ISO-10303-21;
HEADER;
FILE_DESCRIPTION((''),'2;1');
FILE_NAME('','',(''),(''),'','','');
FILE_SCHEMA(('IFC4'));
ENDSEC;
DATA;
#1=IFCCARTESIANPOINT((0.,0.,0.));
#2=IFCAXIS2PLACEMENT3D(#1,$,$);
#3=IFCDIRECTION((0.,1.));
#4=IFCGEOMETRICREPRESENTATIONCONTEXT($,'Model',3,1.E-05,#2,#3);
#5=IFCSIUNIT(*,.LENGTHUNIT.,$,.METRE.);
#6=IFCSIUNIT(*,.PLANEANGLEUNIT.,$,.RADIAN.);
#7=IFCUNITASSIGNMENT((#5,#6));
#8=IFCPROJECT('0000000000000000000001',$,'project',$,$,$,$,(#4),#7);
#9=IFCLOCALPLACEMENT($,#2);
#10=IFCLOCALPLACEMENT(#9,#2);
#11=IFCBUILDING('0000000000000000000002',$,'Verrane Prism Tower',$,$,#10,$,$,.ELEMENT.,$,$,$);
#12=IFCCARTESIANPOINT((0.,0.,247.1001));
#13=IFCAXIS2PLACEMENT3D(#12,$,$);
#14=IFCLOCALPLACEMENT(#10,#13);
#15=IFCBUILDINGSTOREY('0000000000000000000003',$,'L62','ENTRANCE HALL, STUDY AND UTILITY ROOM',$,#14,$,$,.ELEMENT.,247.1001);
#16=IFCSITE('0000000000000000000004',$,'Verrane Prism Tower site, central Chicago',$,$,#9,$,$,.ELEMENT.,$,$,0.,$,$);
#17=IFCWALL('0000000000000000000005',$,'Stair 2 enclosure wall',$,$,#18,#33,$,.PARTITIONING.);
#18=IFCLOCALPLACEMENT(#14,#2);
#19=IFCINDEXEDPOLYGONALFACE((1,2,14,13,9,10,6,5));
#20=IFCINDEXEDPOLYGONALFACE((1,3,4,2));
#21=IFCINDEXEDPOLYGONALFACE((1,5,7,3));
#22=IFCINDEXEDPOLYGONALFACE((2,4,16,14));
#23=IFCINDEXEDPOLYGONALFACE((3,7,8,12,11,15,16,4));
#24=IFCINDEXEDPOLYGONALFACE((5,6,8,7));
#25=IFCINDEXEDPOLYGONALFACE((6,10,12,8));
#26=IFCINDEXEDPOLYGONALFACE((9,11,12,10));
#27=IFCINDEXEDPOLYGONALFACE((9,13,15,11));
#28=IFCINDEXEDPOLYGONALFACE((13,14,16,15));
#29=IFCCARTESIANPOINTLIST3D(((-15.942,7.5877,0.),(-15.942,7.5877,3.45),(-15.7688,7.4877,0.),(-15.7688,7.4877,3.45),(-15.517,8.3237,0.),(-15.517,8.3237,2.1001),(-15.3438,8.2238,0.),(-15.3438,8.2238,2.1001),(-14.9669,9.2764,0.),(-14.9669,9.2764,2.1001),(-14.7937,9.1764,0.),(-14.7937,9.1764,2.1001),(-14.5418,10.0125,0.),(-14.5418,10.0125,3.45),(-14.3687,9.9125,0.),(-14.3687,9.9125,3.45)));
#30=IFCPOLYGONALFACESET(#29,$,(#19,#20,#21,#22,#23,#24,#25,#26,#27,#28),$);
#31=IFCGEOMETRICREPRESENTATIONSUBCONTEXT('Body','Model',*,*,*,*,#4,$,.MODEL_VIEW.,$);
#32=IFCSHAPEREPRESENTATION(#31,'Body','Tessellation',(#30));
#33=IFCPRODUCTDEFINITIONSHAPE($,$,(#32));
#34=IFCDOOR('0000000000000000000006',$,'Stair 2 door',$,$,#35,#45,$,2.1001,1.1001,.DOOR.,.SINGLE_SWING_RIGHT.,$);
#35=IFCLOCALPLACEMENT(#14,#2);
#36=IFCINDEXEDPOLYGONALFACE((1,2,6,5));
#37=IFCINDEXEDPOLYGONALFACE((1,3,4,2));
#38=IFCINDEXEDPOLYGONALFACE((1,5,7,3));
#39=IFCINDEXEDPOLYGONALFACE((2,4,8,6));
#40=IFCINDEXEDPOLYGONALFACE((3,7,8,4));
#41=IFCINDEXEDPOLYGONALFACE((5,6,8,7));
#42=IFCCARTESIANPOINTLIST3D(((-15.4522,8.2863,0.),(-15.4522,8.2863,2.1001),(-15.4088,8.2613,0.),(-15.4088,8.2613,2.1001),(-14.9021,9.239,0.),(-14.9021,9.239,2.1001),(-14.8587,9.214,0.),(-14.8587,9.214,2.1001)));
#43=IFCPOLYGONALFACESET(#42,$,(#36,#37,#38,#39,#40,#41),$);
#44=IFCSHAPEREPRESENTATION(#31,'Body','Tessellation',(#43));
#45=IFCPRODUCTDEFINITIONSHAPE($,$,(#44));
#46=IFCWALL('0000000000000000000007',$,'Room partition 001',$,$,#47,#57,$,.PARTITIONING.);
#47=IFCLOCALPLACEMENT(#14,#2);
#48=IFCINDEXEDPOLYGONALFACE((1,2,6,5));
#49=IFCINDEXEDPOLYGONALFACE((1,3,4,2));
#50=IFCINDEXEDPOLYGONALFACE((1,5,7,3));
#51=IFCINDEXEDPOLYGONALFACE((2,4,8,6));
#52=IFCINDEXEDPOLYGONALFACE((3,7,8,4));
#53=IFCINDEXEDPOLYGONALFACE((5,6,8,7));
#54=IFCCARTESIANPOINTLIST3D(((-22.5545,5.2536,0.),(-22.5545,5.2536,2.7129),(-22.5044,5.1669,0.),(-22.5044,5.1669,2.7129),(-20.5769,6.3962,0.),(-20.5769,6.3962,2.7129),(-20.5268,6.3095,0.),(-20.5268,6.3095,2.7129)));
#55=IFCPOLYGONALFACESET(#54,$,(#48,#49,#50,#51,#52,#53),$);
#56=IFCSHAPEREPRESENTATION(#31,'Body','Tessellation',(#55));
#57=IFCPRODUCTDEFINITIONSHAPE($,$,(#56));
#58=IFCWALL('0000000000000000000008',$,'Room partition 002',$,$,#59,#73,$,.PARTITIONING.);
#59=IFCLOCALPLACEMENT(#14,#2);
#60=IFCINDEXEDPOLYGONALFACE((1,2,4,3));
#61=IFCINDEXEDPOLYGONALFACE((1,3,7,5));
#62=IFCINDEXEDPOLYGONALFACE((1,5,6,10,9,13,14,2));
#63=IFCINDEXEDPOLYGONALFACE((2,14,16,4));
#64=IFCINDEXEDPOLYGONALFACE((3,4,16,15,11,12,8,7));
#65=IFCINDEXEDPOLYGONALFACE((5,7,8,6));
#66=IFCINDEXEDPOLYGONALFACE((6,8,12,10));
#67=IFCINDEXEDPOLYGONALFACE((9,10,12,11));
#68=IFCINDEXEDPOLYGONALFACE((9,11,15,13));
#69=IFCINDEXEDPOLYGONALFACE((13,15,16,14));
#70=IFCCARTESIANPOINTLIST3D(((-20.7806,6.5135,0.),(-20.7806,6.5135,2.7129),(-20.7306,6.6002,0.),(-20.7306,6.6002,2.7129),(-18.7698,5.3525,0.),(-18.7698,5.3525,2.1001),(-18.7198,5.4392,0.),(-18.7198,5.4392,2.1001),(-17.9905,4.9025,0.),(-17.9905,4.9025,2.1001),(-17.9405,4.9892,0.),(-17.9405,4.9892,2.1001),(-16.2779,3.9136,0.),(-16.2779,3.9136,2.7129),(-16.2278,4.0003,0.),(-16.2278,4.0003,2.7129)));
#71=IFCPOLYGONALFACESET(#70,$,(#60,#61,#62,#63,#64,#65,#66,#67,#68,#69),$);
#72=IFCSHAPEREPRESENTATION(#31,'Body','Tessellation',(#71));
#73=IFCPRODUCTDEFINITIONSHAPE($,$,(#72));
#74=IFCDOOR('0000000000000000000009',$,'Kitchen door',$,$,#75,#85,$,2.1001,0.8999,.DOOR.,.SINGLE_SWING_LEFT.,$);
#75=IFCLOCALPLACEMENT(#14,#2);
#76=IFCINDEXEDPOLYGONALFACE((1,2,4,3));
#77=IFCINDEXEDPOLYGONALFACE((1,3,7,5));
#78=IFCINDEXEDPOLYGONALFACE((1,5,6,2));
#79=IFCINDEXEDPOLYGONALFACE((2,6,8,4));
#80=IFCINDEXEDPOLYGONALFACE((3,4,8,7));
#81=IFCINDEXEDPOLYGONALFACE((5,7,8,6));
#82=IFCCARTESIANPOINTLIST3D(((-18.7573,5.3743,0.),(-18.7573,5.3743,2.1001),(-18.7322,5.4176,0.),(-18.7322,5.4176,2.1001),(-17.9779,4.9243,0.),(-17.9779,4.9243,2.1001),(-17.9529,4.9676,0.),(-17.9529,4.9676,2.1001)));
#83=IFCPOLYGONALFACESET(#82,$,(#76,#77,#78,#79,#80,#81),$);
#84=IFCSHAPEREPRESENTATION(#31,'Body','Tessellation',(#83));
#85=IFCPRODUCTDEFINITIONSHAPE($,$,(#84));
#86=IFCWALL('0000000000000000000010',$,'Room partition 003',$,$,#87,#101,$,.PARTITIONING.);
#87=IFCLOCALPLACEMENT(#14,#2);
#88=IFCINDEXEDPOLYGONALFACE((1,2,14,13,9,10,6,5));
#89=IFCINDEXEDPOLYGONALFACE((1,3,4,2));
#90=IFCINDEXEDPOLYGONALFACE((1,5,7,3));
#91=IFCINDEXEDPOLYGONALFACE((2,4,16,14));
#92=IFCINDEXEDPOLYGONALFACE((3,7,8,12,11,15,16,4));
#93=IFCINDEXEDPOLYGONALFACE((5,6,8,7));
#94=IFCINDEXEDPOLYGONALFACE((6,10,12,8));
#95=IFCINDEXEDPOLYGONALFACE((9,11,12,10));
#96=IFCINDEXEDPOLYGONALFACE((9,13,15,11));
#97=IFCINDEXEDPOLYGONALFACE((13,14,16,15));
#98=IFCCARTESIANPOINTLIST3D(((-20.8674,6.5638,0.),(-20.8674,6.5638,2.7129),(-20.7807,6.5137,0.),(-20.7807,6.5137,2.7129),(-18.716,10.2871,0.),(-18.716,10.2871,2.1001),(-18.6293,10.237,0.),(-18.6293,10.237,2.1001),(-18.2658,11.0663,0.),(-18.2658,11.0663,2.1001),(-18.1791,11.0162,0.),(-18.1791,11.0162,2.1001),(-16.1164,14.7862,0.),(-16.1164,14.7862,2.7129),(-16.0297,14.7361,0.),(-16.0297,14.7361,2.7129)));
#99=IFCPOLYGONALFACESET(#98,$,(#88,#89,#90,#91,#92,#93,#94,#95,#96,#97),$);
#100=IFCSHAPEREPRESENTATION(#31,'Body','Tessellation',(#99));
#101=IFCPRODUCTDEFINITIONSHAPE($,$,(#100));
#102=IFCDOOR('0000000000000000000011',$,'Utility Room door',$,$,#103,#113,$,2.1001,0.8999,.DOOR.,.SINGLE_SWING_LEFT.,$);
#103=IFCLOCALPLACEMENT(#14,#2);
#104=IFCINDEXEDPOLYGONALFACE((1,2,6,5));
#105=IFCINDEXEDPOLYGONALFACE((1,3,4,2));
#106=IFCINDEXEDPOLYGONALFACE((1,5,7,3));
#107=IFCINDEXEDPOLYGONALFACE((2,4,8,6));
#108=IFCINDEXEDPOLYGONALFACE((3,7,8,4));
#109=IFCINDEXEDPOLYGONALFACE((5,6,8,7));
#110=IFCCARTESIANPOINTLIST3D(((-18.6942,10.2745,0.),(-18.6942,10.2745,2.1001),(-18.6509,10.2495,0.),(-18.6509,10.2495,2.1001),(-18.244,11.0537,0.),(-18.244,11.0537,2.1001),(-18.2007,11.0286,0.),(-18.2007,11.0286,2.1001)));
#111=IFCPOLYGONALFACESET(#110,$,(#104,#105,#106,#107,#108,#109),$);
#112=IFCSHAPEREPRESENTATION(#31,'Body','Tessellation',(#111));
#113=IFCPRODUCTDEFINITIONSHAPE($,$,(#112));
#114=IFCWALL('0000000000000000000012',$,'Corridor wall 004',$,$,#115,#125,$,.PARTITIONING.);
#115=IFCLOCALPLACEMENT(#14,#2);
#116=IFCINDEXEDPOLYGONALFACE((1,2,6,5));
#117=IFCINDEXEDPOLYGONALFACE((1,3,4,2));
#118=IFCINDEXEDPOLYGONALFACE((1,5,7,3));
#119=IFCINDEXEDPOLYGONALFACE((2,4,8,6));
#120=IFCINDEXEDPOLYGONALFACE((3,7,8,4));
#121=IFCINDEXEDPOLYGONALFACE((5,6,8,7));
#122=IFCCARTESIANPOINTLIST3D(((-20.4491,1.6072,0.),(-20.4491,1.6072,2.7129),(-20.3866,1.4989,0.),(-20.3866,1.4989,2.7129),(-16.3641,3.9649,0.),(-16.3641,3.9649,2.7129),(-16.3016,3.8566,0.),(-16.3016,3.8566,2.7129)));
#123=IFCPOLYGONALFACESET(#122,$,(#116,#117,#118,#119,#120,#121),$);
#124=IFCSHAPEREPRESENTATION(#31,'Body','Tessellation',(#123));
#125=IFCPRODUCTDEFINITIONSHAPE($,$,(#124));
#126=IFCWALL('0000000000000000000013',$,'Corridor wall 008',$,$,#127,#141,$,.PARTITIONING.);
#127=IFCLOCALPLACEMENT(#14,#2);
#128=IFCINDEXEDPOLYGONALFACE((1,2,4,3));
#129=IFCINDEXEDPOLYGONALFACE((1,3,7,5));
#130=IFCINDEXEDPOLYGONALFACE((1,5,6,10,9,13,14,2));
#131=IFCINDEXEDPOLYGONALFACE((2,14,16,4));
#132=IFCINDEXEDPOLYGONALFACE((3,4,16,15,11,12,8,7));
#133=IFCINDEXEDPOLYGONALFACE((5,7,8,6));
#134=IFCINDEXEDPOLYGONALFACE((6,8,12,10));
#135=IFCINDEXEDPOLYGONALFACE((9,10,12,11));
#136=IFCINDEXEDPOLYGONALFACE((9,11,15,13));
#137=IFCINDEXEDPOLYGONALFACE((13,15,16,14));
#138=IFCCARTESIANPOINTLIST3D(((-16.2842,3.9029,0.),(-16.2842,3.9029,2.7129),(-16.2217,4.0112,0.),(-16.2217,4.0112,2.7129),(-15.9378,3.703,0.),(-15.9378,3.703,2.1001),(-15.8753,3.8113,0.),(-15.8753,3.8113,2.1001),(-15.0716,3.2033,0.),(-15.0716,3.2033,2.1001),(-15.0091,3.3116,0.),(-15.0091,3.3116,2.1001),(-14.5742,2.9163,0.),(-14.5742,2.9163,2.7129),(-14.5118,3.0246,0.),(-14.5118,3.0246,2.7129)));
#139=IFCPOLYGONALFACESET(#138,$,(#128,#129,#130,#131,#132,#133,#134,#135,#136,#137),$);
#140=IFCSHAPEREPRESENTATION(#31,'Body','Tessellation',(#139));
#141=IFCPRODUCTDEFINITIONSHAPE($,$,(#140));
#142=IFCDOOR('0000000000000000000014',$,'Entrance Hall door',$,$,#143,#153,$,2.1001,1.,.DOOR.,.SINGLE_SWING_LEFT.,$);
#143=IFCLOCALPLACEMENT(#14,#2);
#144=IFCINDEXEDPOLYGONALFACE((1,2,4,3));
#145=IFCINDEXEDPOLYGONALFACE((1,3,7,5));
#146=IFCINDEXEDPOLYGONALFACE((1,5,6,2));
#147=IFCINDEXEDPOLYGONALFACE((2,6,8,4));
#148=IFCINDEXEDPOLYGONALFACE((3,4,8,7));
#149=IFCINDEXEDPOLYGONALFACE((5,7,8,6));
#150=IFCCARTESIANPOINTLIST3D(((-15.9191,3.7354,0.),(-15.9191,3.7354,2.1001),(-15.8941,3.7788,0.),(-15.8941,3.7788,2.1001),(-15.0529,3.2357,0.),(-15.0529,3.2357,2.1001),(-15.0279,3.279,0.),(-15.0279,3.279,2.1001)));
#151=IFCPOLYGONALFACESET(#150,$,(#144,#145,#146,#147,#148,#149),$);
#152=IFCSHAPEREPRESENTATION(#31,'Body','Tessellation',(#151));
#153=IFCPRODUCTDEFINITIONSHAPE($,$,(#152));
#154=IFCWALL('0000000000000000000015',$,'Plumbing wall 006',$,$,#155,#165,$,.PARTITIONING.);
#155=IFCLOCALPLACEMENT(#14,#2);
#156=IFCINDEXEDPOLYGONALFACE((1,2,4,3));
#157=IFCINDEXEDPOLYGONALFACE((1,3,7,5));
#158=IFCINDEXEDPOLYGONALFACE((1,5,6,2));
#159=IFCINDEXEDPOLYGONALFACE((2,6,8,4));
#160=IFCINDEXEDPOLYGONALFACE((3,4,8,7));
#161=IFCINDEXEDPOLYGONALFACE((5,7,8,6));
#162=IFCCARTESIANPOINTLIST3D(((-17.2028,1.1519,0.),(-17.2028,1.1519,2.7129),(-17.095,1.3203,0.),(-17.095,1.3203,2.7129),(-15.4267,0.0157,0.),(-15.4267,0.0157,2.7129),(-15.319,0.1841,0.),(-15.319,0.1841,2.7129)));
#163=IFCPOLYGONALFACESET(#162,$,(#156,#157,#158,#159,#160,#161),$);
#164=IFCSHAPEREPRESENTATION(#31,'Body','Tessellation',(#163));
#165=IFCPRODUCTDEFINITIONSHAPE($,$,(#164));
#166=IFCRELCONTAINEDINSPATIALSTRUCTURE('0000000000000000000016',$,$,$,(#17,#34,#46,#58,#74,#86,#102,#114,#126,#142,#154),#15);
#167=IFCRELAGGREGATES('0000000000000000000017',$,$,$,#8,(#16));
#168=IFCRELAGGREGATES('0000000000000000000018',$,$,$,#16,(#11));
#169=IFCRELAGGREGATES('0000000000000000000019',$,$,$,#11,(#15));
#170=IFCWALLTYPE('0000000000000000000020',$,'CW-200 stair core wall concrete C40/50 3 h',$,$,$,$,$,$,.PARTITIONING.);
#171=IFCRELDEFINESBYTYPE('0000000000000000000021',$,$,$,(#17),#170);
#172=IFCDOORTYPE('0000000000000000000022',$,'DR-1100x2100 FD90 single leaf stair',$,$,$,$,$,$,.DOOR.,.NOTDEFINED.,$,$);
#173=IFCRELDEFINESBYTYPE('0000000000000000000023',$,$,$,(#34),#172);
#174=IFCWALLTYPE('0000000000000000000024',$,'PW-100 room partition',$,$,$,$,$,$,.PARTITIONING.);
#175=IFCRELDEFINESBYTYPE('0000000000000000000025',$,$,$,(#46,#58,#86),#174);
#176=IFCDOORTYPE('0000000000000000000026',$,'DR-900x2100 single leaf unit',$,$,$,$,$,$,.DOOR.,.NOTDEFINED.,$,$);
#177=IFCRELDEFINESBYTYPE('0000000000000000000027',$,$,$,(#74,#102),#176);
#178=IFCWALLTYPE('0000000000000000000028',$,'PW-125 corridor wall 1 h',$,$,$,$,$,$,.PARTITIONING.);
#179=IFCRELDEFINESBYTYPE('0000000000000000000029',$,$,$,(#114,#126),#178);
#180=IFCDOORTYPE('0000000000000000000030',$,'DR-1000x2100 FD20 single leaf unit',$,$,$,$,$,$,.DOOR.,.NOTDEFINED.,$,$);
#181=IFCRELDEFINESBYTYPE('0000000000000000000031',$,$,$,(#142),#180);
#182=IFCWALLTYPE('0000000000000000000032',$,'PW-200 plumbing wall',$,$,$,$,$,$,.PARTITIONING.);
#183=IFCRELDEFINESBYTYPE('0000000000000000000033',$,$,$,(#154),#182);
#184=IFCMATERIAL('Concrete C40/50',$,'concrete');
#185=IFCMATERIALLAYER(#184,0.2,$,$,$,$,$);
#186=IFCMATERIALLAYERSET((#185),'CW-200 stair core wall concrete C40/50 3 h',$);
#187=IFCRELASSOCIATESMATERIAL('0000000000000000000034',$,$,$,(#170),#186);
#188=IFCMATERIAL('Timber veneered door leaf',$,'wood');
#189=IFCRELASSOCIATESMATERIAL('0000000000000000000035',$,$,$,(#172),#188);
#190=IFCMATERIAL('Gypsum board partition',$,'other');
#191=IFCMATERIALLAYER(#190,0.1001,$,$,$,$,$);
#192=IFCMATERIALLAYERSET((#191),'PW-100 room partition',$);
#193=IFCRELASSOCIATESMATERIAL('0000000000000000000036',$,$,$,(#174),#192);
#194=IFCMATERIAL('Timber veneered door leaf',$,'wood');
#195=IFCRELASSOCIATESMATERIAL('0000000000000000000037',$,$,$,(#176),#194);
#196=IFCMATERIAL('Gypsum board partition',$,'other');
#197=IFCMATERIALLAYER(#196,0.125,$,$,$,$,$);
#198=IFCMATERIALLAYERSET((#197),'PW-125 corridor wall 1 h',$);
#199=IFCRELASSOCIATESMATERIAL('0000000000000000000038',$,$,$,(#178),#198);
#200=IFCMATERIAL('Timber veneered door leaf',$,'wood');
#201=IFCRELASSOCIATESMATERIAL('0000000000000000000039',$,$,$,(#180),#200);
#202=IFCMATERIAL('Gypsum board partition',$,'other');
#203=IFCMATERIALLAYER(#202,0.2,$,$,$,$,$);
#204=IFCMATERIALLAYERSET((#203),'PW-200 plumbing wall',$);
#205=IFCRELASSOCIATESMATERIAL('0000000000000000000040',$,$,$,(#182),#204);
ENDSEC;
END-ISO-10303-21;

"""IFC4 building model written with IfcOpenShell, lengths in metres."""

from ifc_helpers import new_model, si_unit, direction, frame, frame_2d, origin, place, context, subcontext, project, spatial, rectangle, extrude, material, layer, layer_set, type_object, element, fill, save


model = new_model("IFC4")

# Units and contexts
model_context = context("Model", 3, precision=1e-05, world=origin(), true_north=direction((0.0, 1.0)))
body_context = subcontext(model_context, "Body", "Model", "MODEL_VIEW")
ifc_project = project(units=[si_unit("LENGTHUNIT", "METRE"), si_unit("PLANEANGLEUNIT", "RADIAN")], contexts=[model_context])

# Site, building, storey
site_placement = place(None, origin())
site = spatial("IfcSite", under=ifc_project, at=site_placement, Name="Verrane Prism Tower site, central Chicago", CompositionType="ELEMENT", RefElevation=0.0)
building_placement = place(site_placement, origin())
building = spatial("IfcBuilding", under=site, at=building_placement, Name="Verrane Prism Tower", CompositionType="ELEMENT")
storey_placement = place(building_placement, frame((0.0, 0.0, 247.1001)))
storey = spatial("IfcBuildingStorey", under=building, at=storey_placement, Name="L62", Description="ENTRANCE HALL, STUDY AND UTILITY ROOM", CompositionType="ELEMENT", Elevation=247.1001)

# Wall, opening, door
ifc_material_1 = material(Name="Concrete C40/50", Category="concrete")
ifc_layer_1 = layer(ifc_material_1, 0.2)
ifc_layer_set_1 = layer_set([ifc_layer_1], Name="CW-200 stair core wall concrete C40/50 3 h")
wall_type_1 = type_object("IfcWallType", Name="CW-200 stair core wall concrete C40/50 3 h", PredefinedType="PARTITIONING", material=ifc_layer_set_1)
wall_1_placement = place(storey_placement, frame((-14.4553, 9.9624, 0.0), z_axis=(0.0, 0.0, 1.0), x_axis=(-0.50005, -0.865997, 0.0)))
wall_1 = element("IfcWall", 1, at=wall_1_placement, inside=storey, type_object=wall_type_1, Name="Stair 2 enclosure wall", PredefinedType="PARTITIONING", context=body_context, shape_type="SweptSolid", body=[
    extrude(rectangle(XDim=2.8, YDim=0.2, at=frame_2d((1.3999, 0.0))), origin(), (0.0, 0.0, 1.0), 3.45),
])
opening_1_placement = place(wall_1_placement, frame((0.8499, 0.0, 0.0)))
opening_1 = element("IfcOpeningElement", 2, at=opening_1_placement, cuts=wall_1, PredefinedType="OPENING", context=body_context, shape_type="SweptSolid", body=[
    extrude(rectangle(XDim=1.1001, YDim=2.1001, at=frame_2d((0.55, 1.05))), frame((0.0, 0.1099, 0.0), z_axis=(0.0, -1.0, 0.0), x_axis=(1.0, 0.0, 0.0)), (0.0, 0.0, 1.0), 0.22),
])
ifc_material_2 = material(Name="Timber veneered door leaf", Category="wood")
door_type_1 = type_object("IfcDoorType", Name="DR-1100x2100 FD90 single leaf stair", OperationType="NOTDEFINED", PredefinedType="DOOR", material=ifc_material_2)
door_1_placement = place(opening_1_placement, origin())
door_1 = element("IfcDoor", 3, at=door_1_placement, inside=storey, type_object=door_type_1, Name="Stair 2 door", OperationType="SINGLE_SWING_RIGHT", OverallHeight=2.1001, OverallWidth=1.1001, PredefinedType="DOOR", context=body_context, shape_type="SweptSolid", body=[
    extrude(rectangle(XDim=1.1001, YDim=2.1001, at=frame_2d((0.55, 1.05))), frame((0.0, 0.0249, 0.0), z_axis=(0.0, -1.0, 0.0), x_axis=(1.0, 0.0, 0.0)), (0.0, 0.0, 1.0), 0.05),
])
fill(opening_1, door_1)

# Wall
ifc_material_3 = material(Name="Gypsum board partition", Category="other")
ifc_layer_2 = layer(ifc_material_3, 0.1001)
ifc_layer_set_2 = layer_set([ifc_layer_2], Name="PW-100 room partition")
wall_type_2 = type_object("IfcWallType", Name="PW-100 room partition", PredefinedType="PARTITIONING", material=ifc_layer_set_2)
wall_2_placement = place(storey_placement, frame((-22.5295, 5.2102, 0.0), z_axis=(0.0, 0.0, 1.0), x_axis=(0.865865, 0.500278, 0.0)))
element("IfcWall", 4, at=wall_2_placement, inside=storey, type_object=wall_type_2, Name="Room partition 001", PredefinedType="PARTITIONING", context=body_context, shape_type="SweptSolid", body=[
    extrude(rectangle(XDim=2.2839, YDim=0.1001, at=frame_2d((1.1421, 0.0))), origin(), (0.0, 0.0, 1.0), 2.7129),
])

# Walls, openings, doors
wall_3_placement = place(storey_placement, frame((-16.2529, 3.957, 0.0), z_axis=(0.0, 0.0, 1.0), x_axis=(-0.866007, 0.500033, 0.0)))
wall_3 = element("IfcWall", 5, at=wall_3_placement, inside=storey, type_object=wall_type_2, Name="Room partition 002", PredefinedType="PARTITIONING", context=body_context, shape_type="SweptSolid", body=[
    extrude(rectangle(XDim=5.1995, YDim=0.1001, at=frame_2d((2.5996, 0.0))), origin(), (0.0, 0.0, 1.0), 2.7129),
])
opening_2_placement = place(wall_3_placement, frame((1.9775, 0.0, 0.0)))
opening_2 = element("IfcOpeningElement", 6, at=opening_2_placement, cuts=wall_3, PredefinedType="OPENING", context=body_context, shape_type="SweptSolid", body=[
    extrude(rectangle(XDim=0.8999, YDim=2.1001, at=frame_2d((0.45, 1.05))), frame((0.0, 0.0601, 0.0), z_axis=(0.0, -1.0, 0.0), x_axis=(1.0, 0.0, 0.0)), (0.0, 0.0, 1.0), 0.1201),
])
ifc_material_4 = material(Name="Timber veneered door leaf", Category="wood")
door_type_2 = type_object("IfcDoorType", Name="DR-900x2100 single leaf unit", OperationType="NOTDEFINED", PredefinedType="DOOR", material=ifc_material_4)
door_2_placement = place(opening_2_placement, origin())
door_2 = element("IfcDoor", 7, at=door_2_placement, inside=storey, type_object=door_type_2, Name="Kitchen door", OperationType="SINGLE_SWING_LEFT", OverallHeight=2.1001, OverallWidth=0.8999, PredefinedType="DOOR", context=body_context, shape_type="SweptSolid", body=[
    extrude(rectangle(XDim=0.8999, YDim=2.1001, at=frame_2d((0.45, 1.05))), frame((0.0, 0.0249, 0.0), z_axis=(0.0, -1.0, 0.0), x_axis=(1.0, 0.0, 0.0)), (0.0, 0.0, 1.0), 0.05),
])
fill(opening_2, door_2)
wall_4_placement = place(storey_placement, frame((-20.824, 6.5388, 0.0), z_axis=(0.0, 0.0, 1.0), x_axis=(0.500297, 0.865854, 0.0)))
wall_4 = element("IfcWall", 8, at=wall_4_placement, inside=storey, type_object=wall_type_2, Name="Room partition 003", PredefinedType="PARTITIONING", context=body_context, shape_type="SweptSolid", body=[
    extrude(rectangle(XDim=9.4963, YDim=0.1001, at=frame_2d((4.748, 0.0))), origin(), (0.0, 0.0, 1.0), 2.7129),
])
opening_3_placement = place(wall_4_placement, frame((4.3, 0.0, 0.0)))
opening_3 = element("IfcOpeningElement", 9, at=opening_3_placement, cuts=wall_4, PredefinedType="OPENING", context=body_context, shape_type="SweptSolid", body=[
    extrude(rectangle(XDim=0.8999, YDim=2.1001, at=frame_2d((0.45, 1.05))), frame((0.0, 0.0601, 0.0), z_axis=(0.0, -1.0, 0.0), x_axis=(1.0, 0.0, 0.0)), (0.0, 0.0, 1.0), 0.1201),
])
door_3_placement = place(opening_3_placement, origin())
door_3 = element("IfcDoor", 10, at=door_3_placement, inside=storey, type_object=door_type_2, Name="Utility Room door", OperationType="SINGLE_SWING_LEFT", OverallHeight=2.1001, OverallWidth=0.8999, PredefinedType="DOOR", context=body_context, shape_type="SweptSolid", body=[
    extrude(rectangle(XDim=0.8999, YDim=2.1001, at=frame_2d((0.45, 1.05))), frame((0.0, 0.0249, 0.0), z_axis=(0.0, -1.0, 0.0), x_axis=(1.0, 0.0, 0.0)), (0.0, 0.0, 1.0), 0.05),
])
fill(opening_3, door_3)

# Wall
ifc_material_5 = material(Name="Gypsum board partition", Category="other")
ifc_layer_3 = layer(ifc_material_5, 0.125)
ifc_layer_set_3 = layer_set([ifc_layer_3], Name="PW-125 corridor wall 1 h")
wall_type_3 = type_object("IfcWallType", Name="PW-125 corridor wall 1 h", PredefinedType="PARTITIONING", material=ifc_layer_set_3)
wall_5_placement = place(storey_placement, frame((-20.418, 1.553, 0.0), z_axis=(0.0, 0.0, 1.0), x_axis=(0.866098, 0.499875, 0.0)))
element("IfcWall", 11, at=wall_5_placement, inside=storey, type_object=wall_type_3, Name="Corridor wall 004", PredefinedType="PARTITIONING", context=body_context, shape_type="SweptSolid", body=[
    extrude(rectangle(XDim=4.7166, YDim=0.125, at=frame_2d((2.3584, 0.0))), origin(), (0.0, 0.0, 1.0), 2.7129),
])

# Wall, opening, door
wall_6_placement = place(storey_placement, frame((-16.2529, 3.957, 0.0), z_axis=(0.0, 0.0, 1.0), x_axis=(0.866173, -0.499744, 0.0)))
wall_6 = element("IfcWall", 12, at=wall_6_placement, inside=storey, type_object=wall_type_3, Name="Corridor wall 008", PredefinedType="PARTITIONING", context=body_context, shape_type="SweptSolid", body=[
    extrude(rectangle(XDim=1.9741, YDim=0.125, at=frame_2d((0.9871, 0.0))), origin(), (0.0, 0.0, 1.0), 2.7129),
])
opening_4_placement = place(wall_6_placement, frame((0.3999, 0.0, 0.0)))
opening_4 = element("IfcOpeningElement", 13, at=opening_4_placement, cuts=wall_6, PredefinedType="OPENING", context=body_context, shape_type="SweptSolid", body=[
    extrude(rectangle(XDim=1.0, YDim=2.1001, at=frame_2d((0.5, 1.05))), frame((0.0, 0.0725, 0.0), z_axis=(0.0, -1.0, 0.0), x_axis=(1.0, 0.0, 0.0)), (0.0, 0.0, 1.0), 0.145),
])
ifc_material_6 = material(Name="Timber veneered door leaf", Category="wood")
door_type_3 = type_object("IfcDoorType", Name="DR-1000x2100 FD20 single leaf unit", OperationType="NOTDEFINED", PredefinedType="DOOR", material=ifc_material_6)
door_4_placement = place(opening_4_placement, origin())
door_4 = element("IfcDoor", 14, at=door_4_placement, inside=storey, type_object=door_type_3, Name="Entrance Hall door", OperationType="SINGLE_SWING_LEFT", OverallHeight=2.1001, OverallWidth=1.0, PredefinedType="DOOR", context=body_context, shape_type="SweptSolid", body=[
    extrude(rectangle(XDim=1.0, YDim=2.1001, at=frame_2d((0.5, 1.05))), frame((0.0, 0.0249, 0.0), z_axis=(0.0, -1.0, 0.0), x_axis=(1.0, 0.0, 0.0)), (0.0, 0.0, 1.0), 0.05),
])
fill(opening_4, door_4)

# Wall
ifc_material_7 = material(Name="Gypsum board partition", Category="other")
ifc_layer_4 = layer(ifc_material_7, 0.2)
ifc_layer_set_4 = layer_set([ifc_layer_4], Name="PW-200 plumbing wall")
wall_type_4 = type_object("IfcWallType", Name="PW-200 plumbing wall", PredefinedType="PARTITIONING", material=ifc_layer_set_4)
wall_7_placement = place(storey_placement, frame((-17.1489, 1.2361, 0.0), z_axis=(0.0, 0.0, 1.0), x_axis=(0.842377, -0.538889, 0.0)))
element("IfcWall", 15, at=wall_7_placement, inside=storey, type_object=wall_type_4, Name="Plumbing wall 006", PredefinedType="PARTITIONING", context=body_context, shape_type="SweptSolid", body=[
    extrude(rectangle(XDim=2.1084, YDim=0.2, at=frame_2d((1.0542, 0.0))), origin(), (0.0, 0.0, 1.0), 2.7129),
])

save(model, "model.ifc")
